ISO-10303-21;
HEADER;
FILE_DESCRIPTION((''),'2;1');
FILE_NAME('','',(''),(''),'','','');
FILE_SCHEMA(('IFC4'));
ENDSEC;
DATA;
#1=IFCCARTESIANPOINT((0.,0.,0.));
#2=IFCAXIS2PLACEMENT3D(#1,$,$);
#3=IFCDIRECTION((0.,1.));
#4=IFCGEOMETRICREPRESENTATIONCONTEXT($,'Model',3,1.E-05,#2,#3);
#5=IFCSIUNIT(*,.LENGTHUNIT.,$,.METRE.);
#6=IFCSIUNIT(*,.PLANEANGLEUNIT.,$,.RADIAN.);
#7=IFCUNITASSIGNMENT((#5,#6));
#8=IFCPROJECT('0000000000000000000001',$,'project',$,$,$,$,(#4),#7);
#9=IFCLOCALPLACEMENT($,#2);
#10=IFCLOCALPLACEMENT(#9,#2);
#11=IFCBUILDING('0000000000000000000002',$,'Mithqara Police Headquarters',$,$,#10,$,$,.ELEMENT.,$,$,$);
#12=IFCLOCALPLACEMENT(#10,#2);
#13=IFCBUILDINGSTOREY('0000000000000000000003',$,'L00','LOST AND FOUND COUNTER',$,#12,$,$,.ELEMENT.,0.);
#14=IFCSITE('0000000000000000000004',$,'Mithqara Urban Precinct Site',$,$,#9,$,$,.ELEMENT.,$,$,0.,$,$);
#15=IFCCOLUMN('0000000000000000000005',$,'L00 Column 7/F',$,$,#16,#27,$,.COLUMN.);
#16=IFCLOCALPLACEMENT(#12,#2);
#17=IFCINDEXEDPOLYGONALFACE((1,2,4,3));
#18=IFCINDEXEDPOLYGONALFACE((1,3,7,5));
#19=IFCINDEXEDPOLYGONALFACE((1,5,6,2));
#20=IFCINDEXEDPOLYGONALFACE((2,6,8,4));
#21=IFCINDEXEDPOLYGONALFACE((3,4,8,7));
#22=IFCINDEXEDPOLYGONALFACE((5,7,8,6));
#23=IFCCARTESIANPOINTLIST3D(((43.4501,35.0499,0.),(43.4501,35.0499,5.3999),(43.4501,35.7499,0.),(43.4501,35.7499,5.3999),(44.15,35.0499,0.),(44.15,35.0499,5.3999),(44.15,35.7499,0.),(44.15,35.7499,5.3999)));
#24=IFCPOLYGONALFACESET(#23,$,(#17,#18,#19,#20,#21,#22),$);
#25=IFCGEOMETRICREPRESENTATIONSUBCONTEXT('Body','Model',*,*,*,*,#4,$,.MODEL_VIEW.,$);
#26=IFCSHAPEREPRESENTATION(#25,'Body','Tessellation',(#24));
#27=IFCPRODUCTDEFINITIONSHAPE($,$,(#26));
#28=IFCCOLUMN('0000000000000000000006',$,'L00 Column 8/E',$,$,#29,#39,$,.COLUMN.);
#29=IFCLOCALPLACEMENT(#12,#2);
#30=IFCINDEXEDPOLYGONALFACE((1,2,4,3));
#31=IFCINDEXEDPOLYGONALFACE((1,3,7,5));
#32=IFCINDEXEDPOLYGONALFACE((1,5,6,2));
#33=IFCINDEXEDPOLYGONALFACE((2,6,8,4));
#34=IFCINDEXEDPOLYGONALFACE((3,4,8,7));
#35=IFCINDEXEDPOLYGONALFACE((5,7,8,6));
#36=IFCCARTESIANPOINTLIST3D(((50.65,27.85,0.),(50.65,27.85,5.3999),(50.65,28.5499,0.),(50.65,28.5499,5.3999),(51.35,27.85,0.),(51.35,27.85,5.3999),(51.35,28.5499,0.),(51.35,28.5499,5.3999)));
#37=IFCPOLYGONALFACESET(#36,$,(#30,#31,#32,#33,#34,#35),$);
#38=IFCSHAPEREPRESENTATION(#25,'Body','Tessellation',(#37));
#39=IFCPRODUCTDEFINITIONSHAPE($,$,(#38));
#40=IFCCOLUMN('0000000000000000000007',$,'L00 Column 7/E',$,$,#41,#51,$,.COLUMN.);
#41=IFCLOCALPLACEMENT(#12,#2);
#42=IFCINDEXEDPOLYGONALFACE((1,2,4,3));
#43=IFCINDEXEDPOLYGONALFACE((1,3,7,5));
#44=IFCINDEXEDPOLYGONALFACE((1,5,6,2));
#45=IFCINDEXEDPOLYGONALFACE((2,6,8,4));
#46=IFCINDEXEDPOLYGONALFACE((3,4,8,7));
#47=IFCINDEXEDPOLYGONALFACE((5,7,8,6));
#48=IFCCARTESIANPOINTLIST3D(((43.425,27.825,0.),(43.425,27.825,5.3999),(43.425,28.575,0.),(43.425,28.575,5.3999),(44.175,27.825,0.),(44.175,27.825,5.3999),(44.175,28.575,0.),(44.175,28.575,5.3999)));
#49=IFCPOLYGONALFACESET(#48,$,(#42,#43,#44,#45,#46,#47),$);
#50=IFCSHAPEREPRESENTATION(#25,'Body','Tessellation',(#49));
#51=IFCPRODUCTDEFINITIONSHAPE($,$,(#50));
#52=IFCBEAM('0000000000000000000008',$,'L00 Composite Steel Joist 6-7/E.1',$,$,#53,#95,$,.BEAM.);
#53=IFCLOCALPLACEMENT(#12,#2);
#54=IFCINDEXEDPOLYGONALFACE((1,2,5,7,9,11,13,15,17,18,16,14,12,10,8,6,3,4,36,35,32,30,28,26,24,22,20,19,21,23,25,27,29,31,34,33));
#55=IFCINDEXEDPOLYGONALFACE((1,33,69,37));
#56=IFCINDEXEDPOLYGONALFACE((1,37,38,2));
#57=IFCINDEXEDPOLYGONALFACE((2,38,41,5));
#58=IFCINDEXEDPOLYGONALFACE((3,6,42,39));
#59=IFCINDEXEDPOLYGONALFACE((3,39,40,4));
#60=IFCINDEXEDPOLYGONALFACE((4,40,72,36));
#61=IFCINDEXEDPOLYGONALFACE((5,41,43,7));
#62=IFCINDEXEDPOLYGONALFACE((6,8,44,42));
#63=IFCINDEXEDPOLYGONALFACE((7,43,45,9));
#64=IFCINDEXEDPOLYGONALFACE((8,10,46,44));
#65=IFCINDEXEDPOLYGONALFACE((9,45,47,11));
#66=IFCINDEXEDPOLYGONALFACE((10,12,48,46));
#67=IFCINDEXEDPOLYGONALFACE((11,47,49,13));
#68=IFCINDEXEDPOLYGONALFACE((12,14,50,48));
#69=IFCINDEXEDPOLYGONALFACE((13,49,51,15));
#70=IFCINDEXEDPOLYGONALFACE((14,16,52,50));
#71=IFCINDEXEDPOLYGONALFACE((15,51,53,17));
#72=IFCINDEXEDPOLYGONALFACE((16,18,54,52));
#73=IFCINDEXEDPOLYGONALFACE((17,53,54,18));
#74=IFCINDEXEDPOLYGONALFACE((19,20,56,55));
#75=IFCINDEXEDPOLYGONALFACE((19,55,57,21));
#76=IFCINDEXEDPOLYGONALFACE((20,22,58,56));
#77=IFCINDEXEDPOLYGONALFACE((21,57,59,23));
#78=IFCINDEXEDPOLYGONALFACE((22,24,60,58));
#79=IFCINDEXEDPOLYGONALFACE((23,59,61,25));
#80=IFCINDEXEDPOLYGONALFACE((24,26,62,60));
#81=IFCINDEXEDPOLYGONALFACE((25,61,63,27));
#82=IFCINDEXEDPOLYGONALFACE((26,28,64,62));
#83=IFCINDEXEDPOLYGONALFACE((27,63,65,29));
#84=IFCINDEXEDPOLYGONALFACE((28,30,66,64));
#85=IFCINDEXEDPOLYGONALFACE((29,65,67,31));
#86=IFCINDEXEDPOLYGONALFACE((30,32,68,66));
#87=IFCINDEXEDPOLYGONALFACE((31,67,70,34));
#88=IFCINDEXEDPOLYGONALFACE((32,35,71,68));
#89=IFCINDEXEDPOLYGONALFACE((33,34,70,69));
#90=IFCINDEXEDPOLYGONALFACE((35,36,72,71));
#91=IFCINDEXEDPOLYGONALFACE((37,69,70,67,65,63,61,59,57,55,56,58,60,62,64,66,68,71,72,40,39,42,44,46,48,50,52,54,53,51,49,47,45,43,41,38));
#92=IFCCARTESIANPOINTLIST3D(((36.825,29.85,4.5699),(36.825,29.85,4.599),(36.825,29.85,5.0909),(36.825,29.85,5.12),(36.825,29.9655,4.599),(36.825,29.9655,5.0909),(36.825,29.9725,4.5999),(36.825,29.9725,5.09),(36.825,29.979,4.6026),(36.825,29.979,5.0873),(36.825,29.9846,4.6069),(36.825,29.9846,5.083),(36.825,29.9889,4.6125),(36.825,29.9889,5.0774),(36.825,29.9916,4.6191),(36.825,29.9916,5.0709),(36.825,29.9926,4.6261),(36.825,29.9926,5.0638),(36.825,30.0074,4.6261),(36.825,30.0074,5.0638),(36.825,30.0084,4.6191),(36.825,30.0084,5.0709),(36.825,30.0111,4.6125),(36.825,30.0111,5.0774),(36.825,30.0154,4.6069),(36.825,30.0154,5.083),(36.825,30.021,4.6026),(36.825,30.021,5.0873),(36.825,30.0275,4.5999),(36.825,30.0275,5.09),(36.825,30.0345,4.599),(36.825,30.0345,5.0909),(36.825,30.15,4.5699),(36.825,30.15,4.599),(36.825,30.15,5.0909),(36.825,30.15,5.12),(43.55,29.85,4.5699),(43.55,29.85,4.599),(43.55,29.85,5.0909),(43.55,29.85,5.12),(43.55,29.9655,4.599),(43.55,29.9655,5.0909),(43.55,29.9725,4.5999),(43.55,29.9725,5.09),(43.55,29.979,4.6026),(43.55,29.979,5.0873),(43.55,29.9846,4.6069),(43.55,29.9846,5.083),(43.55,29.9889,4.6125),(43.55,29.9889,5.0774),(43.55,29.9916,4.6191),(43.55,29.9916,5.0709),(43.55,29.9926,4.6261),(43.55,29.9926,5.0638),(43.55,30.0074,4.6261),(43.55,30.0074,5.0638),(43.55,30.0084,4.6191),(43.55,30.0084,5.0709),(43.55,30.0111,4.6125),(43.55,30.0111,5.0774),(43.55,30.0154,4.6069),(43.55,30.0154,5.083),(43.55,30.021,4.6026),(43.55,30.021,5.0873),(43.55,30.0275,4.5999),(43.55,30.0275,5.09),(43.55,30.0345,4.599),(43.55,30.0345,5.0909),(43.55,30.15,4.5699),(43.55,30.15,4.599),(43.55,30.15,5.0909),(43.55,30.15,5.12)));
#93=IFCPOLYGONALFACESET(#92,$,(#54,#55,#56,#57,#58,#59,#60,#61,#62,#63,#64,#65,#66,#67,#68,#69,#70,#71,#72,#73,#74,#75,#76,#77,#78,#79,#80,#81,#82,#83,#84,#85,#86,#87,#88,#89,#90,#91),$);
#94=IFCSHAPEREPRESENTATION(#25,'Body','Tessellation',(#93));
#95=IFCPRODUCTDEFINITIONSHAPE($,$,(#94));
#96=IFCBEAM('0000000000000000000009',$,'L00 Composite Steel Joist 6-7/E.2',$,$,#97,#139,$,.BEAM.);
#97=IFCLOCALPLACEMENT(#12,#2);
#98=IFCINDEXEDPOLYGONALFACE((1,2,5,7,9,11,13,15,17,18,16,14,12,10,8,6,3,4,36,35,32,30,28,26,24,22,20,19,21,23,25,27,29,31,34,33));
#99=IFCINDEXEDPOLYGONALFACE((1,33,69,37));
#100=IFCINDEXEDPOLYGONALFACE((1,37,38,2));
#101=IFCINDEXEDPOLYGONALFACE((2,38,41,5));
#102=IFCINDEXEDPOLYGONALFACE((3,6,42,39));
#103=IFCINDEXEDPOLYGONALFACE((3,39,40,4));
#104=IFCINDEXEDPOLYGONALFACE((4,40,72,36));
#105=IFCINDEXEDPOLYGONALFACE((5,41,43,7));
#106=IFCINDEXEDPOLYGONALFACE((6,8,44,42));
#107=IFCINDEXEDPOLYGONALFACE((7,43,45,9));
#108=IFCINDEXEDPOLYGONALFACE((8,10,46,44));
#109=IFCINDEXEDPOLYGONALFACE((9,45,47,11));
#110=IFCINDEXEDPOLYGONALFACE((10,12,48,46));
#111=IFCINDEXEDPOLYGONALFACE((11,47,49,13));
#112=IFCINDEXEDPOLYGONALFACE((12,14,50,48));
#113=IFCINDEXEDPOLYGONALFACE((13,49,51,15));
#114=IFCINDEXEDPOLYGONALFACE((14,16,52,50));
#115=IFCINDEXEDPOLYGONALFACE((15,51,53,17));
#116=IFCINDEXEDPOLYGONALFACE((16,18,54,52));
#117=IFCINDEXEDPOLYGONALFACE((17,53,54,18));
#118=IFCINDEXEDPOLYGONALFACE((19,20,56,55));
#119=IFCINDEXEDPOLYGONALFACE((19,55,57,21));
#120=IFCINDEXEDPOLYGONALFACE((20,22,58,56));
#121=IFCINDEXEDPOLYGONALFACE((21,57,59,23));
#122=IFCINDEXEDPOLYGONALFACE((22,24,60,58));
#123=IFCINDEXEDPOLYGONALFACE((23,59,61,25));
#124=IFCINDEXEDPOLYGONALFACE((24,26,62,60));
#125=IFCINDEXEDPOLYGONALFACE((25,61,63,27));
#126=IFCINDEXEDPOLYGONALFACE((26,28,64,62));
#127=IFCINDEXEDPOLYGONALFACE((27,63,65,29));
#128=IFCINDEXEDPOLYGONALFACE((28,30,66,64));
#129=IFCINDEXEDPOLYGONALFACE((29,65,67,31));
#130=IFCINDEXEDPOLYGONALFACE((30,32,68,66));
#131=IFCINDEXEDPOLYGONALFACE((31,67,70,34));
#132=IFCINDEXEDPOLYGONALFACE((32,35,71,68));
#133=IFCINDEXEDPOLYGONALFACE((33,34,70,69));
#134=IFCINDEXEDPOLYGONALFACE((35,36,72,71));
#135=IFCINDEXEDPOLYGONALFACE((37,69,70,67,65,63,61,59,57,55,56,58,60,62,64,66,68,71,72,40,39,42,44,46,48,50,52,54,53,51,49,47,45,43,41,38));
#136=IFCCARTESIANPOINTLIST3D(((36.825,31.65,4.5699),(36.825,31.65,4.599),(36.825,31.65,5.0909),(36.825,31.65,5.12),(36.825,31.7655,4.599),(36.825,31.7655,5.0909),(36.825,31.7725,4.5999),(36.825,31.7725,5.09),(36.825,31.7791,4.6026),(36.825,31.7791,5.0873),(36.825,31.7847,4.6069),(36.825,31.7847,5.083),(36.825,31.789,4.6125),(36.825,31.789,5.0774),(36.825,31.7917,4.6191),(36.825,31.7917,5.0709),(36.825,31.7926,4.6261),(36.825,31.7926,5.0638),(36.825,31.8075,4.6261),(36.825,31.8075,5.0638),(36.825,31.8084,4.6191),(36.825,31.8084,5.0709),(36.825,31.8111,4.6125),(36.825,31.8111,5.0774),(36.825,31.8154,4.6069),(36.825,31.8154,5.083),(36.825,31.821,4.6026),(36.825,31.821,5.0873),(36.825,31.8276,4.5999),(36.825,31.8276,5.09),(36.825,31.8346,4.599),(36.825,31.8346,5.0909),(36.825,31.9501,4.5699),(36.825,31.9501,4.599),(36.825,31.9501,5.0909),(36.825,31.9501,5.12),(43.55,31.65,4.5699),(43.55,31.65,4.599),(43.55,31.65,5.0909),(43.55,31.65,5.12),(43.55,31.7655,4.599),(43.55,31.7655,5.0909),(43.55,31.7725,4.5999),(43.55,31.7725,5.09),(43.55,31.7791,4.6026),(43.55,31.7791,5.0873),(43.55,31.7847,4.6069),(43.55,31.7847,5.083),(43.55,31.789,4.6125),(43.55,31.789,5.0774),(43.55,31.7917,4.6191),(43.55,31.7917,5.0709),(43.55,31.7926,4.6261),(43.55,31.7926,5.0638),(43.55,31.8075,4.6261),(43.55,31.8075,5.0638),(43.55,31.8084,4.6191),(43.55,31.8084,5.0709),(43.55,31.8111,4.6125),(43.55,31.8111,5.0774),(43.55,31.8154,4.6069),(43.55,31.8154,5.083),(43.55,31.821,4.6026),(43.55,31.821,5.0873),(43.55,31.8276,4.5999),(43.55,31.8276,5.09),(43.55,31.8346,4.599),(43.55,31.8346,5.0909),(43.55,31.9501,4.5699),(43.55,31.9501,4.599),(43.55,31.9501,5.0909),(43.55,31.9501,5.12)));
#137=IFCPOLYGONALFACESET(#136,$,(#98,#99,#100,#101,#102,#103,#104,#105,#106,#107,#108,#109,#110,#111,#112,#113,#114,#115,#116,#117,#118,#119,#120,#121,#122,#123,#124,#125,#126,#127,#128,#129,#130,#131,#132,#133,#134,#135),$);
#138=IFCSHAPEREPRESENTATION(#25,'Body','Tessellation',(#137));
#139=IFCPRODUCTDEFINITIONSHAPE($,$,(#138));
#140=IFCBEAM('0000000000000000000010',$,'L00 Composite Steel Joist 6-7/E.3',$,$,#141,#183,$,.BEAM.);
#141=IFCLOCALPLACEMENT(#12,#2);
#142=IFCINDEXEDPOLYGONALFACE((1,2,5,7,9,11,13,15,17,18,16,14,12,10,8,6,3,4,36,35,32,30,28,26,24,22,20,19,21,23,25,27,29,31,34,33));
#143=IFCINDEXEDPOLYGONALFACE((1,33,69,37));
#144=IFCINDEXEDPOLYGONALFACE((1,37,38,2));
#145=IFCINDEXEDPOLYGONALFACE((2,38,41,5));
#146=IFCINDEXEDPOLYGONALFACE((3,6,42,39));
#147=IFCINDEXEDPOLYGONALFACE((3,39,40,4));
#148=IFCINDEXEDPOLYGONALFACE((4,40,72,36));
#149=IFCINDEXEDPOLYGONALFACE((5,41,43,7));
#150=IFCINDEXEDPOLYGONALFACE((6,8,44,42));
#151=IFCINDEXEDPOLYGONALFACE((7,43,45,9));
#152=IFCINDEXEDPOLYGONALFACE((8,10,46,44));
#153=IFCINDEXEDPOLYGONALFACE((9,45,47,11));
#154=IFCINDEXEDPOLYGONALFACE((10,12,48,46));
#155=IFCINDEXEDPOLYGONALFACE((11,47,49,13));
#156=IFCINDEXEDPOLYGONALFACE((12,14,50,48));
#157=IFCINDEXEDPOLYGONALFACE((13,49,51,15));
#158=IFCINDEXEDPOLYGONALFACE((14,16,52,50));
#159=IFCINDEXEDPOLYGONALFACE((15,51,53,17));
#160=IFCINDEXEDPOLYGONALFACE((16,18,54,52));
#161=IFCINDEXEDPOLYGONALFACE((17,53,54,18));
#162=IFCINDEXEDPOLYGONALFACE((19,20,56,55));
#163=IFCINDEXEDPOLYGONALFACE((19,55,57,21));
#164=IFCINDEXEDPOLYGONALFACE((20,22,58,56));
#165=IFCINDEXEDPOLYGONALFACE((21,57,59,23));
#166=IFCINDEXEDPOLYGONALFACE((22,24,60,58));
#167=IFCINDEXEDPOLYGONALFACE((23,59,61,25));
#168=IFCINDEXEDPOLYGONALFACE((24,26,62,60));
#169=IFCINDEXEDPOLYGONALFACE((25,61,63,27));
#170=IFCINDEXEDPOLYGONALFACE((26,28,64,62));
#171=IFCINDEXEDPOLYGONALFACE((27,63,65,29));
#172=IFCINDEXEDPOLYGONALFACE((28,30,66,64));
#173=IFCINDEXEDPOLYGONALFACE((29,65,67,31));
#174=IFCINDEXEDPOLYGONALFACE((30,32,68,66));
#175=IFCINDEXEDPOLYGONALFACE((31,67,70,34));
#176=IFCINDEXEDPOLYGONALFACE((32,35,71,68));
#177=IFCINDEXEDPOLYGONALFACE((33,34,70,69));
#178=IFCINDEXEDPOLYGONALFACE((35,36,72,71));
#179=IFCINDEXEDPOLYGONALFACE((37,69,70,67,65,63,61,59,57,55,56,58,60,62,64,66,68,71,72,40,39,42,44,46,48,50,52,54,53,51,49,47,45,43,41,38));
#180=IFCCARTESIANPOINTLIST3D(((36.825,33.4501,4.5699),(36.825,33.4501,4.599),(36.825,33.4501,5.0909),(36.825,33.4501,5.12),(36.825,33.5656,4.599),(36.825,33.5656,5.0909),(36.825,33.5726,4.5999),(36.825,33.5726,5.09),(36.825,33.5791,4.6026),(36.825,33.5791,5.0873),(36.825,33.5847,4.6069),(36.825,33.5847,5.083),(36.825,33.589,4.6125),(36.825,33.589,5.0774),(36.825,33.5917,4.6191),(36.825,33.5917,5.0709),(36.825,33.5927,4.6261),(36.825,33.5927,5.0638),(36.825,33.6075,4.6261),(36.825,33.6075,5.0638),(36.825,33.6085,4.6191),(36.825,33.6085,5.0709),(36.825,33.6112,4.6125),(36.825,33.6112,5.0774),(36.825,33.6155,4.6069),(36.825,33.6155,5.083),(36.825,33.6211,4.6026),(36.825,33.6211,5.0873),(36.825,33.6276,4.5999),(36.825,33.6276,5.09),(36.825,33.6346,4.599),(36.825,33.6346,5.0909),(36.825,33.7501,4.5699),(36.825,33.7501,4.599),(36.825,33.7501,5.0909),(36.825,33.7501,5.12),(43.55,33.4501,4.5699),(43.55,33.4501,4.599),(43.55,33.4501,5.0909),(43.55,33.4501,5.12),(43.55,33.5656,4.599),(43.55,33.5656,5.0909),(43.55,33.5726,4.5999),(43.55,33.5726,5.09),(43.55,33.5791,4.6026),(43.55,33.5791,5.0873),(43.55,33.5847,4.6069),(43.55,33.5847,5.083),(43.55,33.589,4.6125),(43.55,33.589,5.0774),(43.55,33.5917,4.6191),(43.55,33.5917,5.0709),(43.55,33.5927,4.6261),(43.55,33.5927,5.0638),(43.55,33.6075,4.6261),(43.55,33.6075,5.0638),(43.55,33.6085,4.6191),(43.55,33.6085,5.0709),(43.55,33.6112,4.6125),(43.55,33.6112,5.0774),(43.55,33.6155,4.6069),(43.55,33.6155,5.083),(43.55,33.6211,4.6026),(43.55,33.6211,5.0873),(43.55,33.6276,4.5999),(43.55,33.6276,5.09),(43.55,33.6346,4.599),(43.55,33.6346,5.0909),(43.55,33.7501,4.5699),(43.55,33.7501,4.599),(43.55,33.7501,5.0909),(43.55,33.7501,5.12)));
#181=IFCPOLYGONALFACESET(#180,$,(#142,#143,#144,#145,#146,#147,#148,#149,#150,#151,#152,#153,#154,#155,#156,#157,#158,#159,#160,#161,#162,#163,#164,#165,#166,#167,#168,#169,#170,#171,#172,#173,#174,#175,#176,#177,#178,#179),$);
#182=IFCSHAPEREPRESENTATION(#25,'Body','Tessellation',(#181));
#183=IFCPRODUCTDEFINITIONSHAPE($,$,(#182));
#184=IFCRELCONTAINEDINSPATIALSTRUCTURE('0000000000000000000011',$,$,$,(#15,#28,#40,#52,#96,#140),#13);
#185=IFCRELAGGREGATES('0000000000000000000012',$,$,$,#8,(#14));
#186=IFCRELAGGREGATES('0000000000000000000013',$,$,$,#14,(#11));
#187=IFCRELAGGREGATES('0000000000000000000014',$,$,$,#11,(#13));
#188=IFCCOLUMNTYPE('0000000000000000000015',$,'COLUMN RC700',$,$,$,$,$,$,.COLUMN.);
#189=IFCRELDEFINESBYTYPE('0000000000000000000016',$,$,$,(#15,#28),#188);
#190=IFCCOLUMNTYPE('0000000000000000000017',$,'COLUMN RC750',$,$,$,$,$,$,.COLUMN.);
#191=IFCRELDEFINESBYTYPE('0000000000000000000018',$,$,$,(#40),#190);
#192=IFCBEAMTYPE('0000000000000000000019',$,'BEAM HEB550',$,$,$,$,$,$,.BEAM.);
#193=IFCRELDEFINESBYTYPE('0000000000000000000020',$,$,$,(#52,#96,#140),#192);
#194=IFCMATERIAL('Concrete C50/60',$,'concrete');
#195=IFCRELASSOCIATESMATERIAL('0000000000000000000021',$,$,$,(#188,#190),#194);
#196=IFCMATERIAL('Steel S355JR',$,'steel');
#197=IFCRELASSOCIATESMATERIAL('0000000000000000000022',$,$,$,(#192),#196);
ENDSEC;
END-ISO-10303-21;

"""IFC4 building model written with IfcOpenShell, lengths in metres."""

from ifc_helpers import new_model, si_unit, direction, frame, origin, origin_2d, place, context, subcontext, project, spatial, rectangle, i_section, extrude, material, material_profile, profile_set, type_object, element, save


model = new_model("IFC4")

# Units and contexts
model_context = context("Model", 3, precision=1e-05, world=origin(), true_north=direction((0.0, 1.0)))
body_context = subcontext(model_context, "Body", "Model", "MODEL_VIEW")
ifc_project = project(units=[si_unit("LENGTHUNIT", "METRE"), si_unit("PLANEANGLEUNIT", "RADIAN")], contexts=[model_context])

# Site, building, storey
site_placement = place(None, origin())
site = spatial("IfcSite", under=ifc_project, at=site_placement, Name="Mithqara Urban Precinct Site", CompositionType="ELEMENT", RefElevation=0.0)
building_placement = place(site_placement, origin())
building = spatial("IfcBuilding", under=site, at=building_placement, Name="Mithqara Police Headquarters", CompositionType="ELEMENT")
storey_placement = place(building_placement, origin())
storey = spatial("IfcBuildingStorey", under=building, at=storey_placement, Name="L00", Description="LOST AND FOUND COUNTER", CompositionType="ELEMENT", Elevation=0.0)

# Columns
ifc_material_1 = material(Name="Concrete C50/60", Category="concrete")
ifc_material_profile_1 = material_profile(ifc_material_1, rectangle(XDim=0.7, YDim=0.7, at=origin_2d()), Name="RC 700x700")
ifc_profile_set_1 = profile_set([ifc_material_profile_1], Name="Concrete C50/60")
column_type_1 = type_object("IfcColumnType", Name="COLUMN RC700", PredefinedType="COLUMN", material=ifc_profile_set_1)
for number, where, z_axis, x_axis, name in (
    (1, (43.8, 35.3999, 0.0), (0.0, 0.0, 1.0), (1.0, 0.0, 0.0), "L00 Column 7/F"),
    (2, (51.0, 28.2, 0.0), (0.0, 0.0, 1.0), (1.0, 0.0, 0.0), "L00 Column 8/E"),
):
    element("IfcColumn", number, at=place(storey_placement, frame(where, z_axis=z_axis, x_axis=x_axis)), inside=storey, type_object=column_type_1, Name=name, PredefinedType="COLUMN", context=body_context, shape_type="SweptSolid", body=[
        extrude(rectangle(XDim=0.7, YDim=0.7, at=origin_2d()), origin(), (0.0, 0.0, 1.0), 5.3999),
    ])
ifc_material_profile_2 = material_profile(ifc_material_1, rectangle(XDim=0.75, YDim=0.75, at=origin_2d()), Name="RC 750x750")
ifc_profile_set_2 = profile_set([ifc_material_profile_2], Name="Concrete C50/60")
column_type_2 = type_object("IfcColumnType", Name="COLUMN RC750", PredefinedType="COLUMN", material=ifc_profile_set_2)
column_placement = place(storey_placement, frame((43.8, 28.2, 0.0), z_axis=(0.0, 0.0, 1.0), x_axis=(1.0, 0.0, 0.0)))
element("IfcColumn", 3, at=column_placement, inside=storey, type_object=column_type_2, Name="L00 Column 7/E", PredefinedType="COLUMN", context=body_context, shape_type="SweptSolid", body=[
    extrude(rectangle(XDim=0.75, YDim=0.75, at=origin_2d()), origin(), (0.0, 0.0, 1.0), 5.3999),
])

# Beams
ifc_material_2 = material(Name="Steel S355JR", Category="steel")
ifc_material_profile_3 = material_profile(ifc_material_2, i_section(OverallWidth=0.3, OverallDepth=0.55, WebThickness=0.0149, FlangeThickness=0.0291, FilletRadius=0.0271, at=origin_2d()), Name="HEB 550")
ifc_profile_set_3 = profile_set([ifc_material_profile_3], Name="Steel S355JR")
beam_type_1 = type_object("IfcBeamType", Name="BEAM HEB550", PredefinedType="BEAM", material=ifc_profile_set_3)
for number, where, z_axis, x_axis, name in (
    (4, (36.825, 30.0, 4.845), (1.0, 0.0, 0.0), (0.0, 1.0, 0.0), "L00 Composite Steel Joist 6-7/E.1"),
    (5, (36.825, 31.8, 4.845), (1.0, 0.0, 0.0), (0.0, 1.0, 0.0), "L00 Composite Steel Joist 6-7/E.2"),
    (6, (36.825, 33.6001, 4.845), (1.0, 0.0, 0.0), (0.0, 1.0, 0.0), "L00 Composite Steel Joist 6-7/E.3"),
):
    element("IfcBeam", number, at=place(storey_placement, frame(where, z_axis=z_axis, x_axis=x_axis)), inside=storey, type_object=beam_type_1, Name=name, PredefinedType="BEAM", context=body_context, shape_type="SweptSolid", body=[
        extrude(i_section(OverallWidth=0.3, OverallDepth=0.55, WebThickness=0.0149, FlangeThickness=0.0291, FilletRadius=0.0271, at=origin_2d()), origin(), (0.0, 0.0, 1.0), 6.7251),
    ])

save(model, "model.ifc")
